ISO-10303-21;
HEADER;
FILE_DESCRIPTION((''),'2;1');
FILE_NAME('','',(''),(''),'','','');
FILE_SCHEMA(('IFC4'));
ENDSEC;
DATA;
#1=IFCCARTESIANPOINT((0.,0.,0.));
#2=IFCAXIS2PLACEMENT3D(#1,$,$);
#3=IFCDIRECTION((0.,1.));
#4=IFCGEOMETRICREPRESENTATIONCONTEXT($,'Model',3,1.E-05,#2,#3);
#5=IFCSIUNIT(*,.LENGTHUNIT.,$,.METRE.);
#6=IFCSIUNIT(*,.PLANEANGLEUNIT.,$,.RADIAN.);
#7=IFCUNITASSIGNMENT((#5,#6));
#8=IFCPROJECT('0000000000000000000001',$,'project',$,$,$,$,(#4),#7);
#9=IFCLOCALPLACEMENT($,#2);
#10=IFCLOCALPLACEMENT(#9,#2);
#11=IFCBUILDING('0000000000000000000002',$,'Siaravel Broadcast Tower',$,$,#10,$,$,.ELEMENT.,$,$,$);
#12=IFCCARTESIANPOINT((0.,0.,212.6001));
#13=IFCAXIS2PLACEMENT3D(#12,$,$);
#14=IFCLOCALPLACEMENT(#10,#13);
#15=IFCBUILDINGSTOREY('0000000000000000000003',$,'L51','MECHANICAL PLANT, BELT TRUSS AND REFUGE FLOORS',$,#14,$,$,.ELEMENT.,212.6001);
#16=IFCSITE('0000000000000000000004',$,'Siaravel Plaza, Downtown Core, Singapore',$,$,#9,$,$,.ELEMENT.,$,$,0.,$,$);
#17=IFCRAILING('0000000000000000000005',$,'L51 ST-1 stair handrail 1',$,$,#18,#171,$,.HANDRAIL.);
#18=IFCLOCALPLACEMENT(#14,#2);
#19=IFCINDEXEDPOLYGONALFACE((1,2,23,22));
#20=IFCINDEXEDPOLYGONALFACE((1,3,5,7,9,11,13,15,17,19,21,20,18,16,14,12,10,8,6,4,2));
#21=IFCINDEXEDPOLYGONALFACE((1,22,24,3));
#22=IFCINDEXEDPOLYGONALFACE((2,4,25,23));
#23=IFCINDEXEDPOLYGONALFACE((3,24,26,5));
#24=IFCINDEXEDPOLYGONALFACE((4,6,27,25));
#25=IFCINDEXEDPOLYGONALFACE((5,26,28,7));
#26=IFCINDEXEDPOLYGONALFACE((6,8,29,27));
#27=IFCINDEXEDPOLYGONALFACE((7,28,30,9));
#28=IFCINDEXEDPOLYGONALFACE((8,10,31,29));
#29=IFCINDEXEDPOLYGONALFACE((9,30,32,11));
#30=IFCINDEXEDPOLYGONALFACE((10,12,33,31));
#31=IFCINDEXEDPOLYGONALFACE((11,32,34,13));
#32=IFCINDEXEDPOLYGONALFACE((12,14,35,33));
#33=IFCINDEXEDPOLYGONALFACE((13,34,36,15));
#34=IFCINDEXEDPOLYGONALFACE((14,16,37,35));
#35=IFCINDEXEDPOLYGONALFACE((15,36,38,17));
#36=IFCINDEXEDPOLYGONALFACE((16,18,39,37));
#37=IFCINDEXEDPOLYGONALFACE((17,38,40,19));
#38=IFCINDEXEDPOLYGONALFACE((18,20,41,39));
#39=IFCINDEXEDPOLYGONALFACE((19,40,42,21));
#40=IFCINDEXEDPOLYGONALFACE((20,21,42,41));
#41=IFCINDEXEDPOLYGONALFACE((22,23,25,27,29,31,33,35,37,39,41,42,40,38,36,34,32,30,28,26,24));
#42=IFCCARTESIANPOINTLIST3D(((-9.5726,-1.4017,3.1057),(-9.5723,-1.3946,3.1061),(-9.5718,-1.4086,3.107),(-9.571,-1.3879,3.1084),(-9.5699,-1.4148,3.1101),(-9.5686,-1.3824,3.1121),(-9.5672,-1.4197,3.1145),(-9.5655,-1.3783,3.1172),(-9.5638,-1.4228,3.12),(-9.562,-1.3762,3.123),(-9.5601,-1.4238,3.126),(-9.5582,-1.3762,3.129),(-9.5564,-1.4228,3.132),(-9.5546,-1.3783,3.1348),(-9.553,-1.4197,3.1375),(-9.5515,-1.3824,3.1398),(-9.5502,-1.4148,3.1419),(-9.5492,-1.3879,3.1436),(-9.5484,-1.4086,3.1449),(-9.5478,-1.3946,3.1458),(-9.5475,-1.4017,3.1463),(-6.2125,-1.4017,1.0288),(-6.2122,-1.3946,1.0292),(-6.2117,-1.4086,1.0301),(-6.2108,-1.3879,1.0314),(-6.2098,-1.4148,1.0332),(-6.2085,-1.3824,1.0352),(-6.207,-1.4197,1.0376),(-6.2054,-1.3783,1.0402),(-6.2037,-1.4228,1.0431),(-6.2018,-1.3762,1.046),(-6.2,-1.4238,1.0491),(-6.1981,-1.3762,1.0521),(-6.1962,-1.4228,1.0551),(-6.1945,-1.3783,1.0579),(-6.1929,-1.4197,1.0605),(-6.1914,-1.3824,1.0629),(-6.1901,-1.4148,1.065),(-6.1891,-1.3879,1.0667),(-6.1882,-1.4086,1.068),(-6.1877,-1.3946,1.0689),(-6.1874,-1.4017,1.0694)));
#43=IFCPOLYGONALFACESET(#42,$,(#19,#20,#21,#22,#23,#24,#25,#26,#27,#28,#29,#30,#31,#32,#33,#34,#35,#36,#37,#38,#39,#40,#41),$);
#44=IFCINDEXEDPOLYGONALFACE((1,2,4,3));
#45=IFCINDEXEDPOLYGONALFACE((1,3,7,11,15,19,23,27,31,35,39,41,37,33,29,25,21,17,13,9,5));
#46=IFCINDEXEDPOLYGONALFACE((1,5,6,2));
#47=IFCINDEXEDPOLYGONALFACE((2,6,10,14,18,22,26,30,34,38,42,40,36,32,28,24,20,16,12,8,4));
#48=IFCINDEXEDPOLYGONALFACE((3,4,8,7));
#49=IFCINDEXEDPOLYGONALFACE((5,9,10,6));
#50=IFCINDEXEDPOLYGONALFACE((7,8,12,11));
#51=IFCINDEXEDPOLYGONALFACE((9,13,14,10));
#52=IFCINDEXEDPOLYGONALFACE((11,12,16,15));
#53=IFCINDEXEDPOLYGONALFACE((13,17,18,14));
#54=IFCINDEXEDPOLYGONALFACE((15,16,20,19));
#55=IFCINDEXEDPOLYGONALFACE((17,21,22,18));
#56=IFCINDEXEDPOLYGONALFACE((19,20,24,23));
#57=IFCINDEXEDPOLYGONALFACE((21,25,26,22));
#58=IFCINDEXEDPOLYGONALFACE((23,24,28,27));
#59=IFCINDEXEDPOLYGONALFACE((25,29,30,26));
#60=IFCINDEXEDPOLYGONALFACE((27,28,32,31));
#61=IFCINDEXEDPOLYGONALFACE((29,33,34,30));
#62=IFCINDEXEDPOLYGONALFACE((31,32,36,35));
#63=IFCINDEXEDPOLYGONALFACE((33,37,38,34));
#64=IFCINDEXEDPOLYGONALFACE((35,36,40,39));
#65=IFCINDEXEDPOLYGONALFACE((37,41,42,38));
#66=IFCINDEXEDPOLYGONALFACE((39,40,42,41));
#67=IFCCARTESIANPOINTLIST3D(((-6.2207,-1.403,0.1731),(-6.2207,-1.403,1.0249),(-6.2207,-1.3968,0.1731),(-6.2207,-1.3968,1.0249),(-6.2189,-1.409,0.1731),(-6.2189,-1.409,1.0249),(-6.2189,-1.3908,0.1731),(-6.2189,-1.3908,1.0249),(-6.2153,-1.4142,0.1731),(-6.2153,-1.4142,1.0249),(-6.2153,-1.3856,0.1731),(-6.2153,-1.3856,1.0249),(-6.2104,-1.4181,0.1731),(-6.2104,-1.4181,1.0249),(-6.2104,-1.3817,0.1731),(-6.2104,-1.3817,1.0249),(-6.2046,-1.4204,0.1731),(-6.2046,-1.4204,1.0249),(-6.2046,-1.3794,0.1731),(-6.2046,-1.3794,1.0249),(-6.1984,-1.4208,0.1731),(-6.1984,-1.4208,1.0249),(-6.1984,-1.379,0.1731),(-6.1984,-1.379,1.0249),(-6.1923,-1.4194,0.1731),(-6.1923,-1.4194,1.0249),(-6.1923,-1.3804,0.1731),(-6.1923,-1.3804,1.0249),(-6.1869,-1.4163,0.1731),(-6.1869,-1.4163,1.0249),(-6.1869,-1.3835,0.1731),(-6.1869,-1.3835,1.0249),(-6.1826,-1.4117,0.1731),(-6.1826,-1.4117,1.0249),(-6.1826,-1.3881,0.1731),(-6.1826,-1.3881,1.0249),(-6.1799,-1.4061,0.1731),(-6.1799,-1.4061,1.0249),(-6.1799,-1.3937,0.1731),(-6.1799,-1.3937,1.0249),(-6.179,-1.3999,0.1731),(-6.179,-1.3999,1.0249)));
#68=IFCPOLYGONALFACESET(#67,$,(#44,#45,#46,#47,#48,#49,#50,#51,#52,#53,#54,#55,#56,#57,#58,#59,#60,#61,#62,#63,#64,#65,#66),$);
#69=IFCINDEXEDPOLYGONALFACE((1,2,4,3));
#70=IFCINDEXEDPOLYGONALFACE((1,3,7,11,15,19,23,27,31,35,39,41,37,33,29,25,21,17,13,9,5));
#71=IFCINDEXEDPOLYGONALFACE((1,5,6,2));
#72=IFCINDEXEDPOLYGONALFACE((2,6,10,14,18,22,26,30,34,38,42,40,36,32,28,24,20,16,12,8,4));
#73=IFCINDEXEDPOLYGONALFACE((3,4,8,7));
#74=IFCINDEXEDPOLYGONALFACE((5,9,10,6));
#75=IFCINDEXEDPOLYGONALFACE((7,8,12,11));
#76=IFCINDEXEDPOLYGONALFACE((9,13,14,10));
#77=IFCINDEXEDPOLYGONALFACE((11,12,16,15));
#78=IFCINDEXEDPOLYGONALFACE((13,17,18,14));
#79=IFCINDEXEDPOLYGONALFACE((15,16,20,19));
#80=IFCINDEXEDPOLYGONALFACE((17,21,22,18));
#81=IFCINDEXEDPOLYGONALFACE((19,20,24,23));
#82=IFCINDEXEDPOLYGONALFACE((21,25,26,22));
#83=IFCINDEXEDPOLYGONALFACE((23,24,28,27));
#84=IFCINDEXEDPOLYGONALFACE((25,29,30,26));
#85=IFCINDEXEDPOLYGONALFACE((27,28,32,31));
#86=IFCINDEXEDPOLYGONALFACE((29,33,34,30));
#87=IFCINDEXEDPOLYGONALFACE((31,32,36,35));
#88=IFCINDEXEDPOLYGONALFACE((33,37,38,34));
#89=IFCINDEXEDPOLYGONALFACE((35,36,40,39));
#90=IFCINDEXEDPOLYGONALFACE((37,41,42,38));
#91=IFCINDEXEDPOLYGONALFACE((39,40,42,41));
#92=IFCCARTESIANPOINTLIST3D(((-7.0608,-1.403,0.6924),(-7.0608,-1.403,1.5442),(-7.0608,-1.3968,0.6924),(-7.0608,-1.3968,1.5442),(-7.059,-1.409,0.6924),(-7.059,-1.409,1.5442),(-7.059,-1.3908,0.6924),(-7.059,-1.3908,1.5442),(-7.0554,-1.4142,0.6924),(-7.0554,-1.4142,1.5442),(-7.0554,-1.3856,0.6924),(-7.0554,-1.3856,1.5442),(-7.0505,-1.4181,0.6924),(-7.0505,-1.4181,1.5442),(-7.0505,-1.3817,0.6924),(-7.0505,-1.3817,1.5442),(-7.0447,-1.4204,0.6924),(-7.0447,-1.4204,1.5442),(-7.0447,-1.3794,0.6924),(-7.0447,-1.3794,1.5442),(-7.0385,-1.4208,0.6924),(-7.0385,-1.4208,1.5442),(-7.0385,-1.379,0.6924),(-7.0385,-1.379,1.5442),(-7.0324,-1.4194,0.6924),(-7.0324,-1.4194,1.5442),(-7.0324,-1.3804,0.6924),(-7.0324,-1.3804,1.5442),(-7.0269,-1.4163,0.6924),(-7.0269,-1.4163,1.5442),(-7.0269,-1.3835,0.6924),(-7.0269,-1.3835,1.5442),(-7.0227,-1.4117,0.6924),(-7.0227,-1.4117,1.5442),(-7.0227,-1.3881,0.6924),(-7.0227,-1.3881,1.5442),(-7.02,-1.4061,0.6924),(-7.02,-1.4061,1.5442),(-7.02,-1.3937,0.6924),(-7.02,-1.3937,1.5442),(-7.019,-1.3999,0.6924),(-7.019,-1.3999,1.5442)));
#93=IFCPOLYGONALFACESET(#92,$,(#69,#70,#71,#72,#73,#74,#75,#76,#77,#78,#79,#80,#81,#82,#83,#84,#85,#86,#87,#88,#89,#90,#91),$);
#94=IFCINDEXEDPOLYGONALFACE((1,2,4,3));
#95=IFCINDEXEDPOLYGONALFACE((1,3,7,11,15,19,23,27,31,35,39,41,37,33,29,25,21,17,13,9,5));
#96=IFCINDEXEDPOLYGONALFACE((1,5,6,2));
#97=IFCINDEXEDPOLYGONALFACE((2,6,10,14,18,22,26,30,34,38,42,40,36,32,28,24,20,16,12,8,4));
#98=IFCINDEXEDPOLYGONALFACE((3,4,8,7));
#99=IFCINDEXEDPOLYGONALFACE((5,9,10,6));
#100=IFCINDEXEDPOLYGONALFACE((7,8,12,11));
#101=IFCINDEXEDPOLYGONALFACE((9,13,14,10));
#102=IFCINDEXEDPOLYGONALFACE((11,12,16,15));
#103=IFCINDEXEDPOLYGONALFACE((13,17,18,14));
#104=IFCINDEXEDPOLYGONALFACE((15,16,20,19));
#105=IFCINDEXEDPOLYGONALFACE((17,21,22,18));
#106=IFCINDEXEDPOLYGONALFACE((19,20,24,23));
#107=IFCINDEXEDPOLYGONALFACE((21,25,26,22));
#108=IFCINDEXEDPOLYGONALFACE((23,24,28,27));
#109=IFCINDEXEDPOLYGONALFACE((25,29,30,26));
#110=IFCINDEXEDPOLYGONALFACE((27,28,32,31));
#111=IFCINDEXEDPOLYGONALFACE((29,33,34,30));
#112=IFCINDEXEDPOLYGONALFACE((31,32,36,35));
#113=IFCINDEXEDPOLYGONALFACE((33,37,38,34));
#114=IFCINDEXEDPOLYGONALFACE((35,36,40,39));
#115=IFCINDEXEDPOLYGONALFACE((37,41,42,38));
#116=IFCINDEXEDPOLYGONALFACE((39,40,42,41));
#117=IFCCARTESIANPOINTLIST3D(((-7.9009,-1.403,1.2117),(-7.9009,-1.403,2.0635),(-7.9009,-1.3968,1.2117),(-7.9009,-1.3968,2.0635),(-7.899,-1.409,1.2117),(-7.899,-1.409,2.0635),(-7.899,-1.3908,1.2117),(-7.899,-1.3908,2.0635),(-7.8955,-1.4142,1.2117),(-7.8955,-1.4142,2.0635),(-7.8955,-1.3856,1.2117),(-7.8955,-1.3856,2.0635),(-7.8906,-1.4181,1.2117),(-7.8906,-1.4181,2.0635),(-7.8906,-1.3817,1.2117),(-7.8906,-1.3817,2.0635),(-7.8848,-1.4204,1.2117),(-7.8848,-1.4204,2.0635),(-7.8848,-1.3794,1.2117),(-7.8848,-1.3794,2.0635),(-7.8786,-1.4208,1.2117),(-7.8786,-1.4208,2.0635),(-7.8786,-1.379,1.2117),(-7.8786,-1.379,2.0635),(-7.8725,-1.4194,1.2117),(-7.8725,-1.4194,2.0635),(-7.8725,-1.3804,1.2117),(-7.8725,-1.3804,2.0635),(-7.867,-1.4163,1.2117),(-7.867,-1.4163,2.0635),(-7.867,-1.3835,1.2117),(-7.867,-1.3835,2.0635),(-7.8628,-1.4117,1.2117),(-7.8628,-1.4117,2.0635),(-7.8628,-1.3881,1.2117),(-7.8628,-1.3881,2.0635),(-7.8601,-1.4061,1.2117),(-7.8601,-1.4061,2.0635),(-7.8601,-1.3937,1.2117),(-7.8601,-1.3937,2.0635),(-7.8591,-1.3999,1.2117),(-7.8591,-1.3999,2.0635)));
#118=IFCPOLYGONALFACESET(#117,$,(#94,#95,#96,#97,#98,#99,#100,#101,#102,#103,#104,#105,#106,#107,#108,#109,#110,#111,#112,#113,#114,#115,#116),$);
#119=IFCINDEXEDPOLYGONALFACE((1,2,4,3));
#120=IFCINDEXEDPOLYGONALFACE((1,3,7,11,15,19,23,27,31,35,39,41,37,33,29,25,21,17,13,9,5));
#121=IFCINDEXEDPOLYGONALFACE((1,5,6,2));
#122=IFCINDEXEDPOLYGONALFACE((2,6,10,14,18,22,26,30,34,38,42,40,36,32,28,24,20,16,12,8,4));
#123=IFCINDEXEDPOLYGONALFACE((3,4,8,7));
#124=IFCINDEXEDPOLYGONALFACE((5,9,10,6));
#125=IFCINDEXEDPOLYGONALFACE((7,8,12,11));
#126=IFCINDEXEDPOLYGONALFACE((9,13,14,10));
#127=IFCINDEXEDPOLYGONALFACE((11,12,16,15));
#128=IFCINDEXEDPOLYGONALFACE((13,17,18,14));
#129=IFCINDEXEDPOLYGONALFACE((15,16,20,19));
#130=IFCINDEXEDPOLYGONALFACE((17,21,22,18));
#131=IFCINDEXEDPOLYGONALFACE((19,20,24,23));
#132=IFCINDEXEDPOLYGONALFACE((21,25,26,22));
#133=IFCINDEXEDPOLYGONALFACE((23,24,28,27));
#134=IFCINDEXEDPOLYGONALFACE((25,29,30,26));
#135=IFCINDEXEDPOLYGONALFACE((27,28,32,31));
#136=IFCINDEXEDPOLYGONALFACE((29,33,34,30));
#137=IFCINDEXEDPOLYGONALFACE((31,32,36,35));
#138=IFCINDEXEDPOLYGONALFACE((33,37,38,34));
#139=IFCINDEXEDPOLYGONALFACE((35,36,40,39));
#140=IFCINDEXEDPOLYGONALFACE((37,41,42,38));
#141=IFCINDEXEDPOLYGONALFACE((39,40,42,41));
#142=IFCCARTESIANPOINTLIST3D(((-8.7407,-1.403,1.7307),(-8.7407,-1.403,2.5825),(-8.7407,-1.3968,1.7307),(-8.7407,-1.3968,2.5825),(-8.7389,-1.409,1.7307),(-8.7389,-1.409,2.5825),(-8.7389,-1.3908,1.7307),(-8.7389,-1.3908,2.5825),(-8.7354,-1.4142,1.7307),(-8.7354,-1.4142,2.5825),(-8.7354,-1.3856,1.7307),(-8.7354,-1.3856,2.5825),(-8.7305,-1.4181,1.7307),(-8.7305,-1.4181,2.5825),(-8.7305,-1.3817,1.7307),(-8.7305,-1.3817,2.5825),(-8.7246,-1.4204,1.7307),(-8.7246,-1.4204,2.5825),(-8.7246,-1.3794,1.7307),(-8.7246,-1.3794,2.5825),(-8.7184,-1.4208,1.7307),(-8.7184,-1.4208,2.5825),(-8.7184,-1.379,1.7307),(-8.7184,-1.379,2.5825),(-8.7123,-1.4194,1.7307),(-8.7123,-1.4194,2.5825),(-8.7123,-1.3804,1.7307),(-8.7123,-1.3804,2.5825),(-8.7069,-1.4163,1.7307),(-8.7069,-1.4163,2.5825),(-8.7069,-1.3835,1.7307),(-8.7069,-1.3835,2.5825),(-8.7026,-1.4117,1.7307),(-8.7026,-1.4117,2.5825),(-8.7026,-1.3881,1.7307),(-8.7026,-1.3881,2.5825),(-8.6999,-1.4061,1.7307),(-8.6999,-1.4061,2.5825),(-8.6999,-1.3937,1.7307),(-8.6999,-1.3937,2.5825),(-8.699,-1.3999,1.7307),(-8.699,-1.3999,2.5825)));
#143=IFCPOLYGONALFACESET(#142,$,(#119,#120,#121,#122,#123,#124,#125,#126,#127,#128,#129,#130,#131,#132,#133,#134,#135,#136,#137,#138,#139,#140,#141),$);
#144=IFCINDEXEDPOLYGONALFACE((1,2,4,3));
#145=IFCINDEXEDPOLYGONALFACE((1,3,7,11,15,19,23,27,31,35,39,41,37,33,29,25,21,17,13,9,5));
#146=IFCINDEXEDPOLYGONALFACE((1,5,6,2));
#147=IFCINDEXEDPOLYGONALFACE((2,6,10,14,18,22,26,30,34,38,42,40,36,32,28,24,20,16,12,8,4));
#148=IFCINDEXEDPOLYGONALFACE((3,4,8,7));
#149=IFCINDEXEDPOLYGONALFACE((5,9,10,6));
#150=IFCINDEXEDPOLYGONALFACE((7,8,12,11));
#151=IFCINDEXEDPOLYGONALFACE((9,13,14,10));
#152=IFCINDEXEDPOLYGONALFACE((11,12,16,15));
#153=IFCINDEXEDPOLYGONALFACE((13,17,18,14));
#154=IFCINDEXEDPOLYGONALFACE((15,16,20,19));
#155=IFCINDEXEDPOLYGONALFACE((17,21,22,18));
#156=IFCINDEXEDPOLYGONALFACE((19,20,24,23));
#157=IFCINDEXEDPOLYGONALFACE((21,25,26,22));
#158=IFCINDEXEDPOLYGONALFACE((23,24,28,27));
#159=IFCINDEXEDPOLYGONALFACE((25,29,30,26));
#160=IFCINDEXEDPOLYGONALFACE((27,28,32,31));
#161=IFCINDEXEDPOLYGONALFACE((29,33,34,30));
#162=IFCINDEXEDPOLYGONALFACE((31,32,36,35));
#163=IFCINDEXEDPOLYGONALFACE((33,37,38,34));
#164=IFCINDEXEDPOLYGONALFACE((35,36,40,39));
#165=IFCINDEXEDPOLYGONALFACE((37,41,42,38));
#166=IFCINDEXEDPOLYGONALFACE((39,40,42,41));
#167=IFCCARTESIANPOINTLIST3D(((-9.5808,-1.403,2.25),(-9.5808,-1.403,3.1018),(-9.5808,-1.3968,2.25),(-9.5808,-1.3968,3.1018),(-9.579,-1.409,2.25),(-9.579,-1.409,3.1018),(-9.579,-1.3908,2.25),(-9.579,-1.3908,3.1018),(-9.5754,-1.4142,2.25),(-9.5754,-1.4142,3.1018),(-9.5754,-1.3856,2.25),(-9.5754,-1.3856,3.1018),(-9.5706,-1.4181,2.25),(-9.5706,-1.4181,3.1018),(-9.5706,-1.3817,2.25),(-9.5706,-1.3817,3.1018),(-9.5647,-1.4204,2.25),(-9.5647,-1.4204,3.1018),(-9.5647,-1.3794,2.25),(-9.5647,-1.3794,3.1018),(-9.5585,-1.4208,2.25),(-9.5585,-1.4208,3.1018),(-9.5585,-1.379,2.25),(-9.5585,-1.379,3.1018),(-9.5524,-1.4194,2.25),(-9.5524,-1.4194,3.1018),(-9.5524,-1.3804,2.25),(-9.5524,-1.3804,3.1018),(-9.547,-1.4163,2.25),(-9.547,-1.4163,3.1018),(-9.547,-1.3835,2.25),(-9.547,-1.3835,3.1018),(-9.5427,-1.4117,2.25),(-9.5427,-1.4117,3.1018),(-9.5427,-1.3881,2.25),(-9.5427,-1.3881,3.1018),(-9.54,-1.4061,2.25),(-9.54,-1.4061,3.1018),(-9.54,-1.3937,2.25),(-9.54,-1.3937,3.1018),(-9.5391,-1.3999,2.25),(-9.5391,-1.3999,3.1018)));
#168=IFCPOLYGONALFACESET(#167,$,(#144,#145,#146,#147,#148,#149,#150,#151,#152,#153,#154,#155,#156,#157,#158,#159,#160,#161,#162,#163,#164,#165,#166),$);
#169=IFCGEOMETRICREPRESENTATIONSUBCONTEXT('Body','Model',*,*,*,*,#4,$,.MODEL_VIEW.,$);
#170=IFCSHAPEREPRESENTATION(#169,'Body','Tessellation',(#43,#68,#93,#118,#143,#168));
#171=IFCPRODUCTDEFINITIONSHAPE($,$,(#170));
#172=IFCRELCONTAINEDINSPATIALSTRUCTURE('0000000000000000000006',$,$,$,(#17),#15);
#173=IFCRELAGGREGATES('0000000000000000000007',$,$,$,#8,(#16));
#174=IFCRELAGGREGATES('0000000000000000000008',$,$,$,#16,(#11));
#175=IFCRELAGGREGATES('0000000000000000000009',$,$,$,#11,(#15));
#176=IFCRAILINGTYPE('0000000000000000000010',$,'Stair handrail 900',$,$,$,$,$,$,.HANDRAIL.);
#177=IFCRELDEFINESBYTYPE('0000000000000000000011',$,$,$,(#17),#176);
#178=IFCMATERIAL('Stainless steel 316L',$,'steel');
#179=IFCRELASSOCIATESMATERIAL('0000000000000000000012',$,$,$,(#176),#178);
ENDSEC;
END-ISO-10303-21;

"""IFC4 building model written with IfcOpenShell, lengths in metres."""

from ifc_helpers import new_model, si_unit, direction, frame, origin, origin_2d, place, context, subcontext, project, spatial, circle, extrude, material, type_object, element, save


model = new_model("IFC4")

# Units and contexts
model_context = context("Model", 3, precision=1e-05, world=origin(), true_north=direction((0.0, 1.0)))
body_context = subcontext(model_context, "Body", "Model", "MODEL_VIEW")
ifc_project = project(units=[si_unit("LENGTHUNIT", "METRE"), si_unit("PLANEANGLEUNIT", "RADIAN")], contexts=[model_context])

# Site, building, storey
site_placement = place(None, origin())
site = spatial("IfcSite", under=ifc_project, at=site_placement, Name="Siaravel Plaza, Downtown Core, Singapore", CompositionType="ELEMENT", RefElevation=0.0)
building_placement = place(site_placement, origin())
building = spatial("IfcBuilding", under=site, at=building_placement, Name="Siaravel Broadcast Tower", CompositionType="ELEMENT")
storey_placement = place(building_placement, frame((0.0, 0.0, 212.6001)))
storey = spatial("IfcBuildingStorey", under=building, at=storey_placement, Name="L51", Description="MECHANICAL PLANT, BELT TRUSS AND REFUGE FLOORS", CompositionType="ELEMENT", Elevation=212.6001)

# Shared definitions
ifc_material_1 = material(Name="Stainless steel 316L", Category="steel")

# Railing
railing_type_1 = type_object("IfcRailingType", Name="Stair handrail 900", PredefinedType="HANDRAIL", material=ifc_material_1)
railing_1_placement = place(storey_placement, frame((-6.2, -1.3999, 0.1731)))
element("IfcRailing", 1, at=railing_1_placement, inside=storey, type_object=railing_type_1, Name="L51 ST-1 stair handrail 1", PredefinedType="HANDRAIL", context=body_context, shape_type="SweptSolid", body=[
    extrude(circle(Radius=0.0239, at=origin_2d()), frame((0.0, 0.0, 0.876), z_axis=(-0.850623, 0.0, 0.525776), x_axis=(0.0, -1.0, 0.0)), (0.0, 0.0, 1.0), 3.9502),
    extrude(circle(Radius=0.021, at=origin_2d()), origin(), (0.0, 0.0, 1.0), 0.8518),
    extrude(circle(Radius=0.021, at=origin_2d()), frame((-0.8401, 0.0, 0.5193)), (0.0, 0.0, 1.0), 0.8518),
    extrude(circle(Radius=0.021, at=origin_2d()), frame((-1.6802, 0.0, 1.0386)), (0.0, 0.0, 1.0), 0.8518),
    extrude(circle(Radius=0.021, at=origin_2d()), frame((-2.52, 0.0, 1.5576)), (0.0, 0.0, 1.0), 0.8518),
    extrude(circle(Radius=0.021, at=origin_2d()), frame((-3.3601, 0.0, 2.0769)), (0.0, 0.0, 1.0), 0.8518),
])

save(model, "model.ifc")
